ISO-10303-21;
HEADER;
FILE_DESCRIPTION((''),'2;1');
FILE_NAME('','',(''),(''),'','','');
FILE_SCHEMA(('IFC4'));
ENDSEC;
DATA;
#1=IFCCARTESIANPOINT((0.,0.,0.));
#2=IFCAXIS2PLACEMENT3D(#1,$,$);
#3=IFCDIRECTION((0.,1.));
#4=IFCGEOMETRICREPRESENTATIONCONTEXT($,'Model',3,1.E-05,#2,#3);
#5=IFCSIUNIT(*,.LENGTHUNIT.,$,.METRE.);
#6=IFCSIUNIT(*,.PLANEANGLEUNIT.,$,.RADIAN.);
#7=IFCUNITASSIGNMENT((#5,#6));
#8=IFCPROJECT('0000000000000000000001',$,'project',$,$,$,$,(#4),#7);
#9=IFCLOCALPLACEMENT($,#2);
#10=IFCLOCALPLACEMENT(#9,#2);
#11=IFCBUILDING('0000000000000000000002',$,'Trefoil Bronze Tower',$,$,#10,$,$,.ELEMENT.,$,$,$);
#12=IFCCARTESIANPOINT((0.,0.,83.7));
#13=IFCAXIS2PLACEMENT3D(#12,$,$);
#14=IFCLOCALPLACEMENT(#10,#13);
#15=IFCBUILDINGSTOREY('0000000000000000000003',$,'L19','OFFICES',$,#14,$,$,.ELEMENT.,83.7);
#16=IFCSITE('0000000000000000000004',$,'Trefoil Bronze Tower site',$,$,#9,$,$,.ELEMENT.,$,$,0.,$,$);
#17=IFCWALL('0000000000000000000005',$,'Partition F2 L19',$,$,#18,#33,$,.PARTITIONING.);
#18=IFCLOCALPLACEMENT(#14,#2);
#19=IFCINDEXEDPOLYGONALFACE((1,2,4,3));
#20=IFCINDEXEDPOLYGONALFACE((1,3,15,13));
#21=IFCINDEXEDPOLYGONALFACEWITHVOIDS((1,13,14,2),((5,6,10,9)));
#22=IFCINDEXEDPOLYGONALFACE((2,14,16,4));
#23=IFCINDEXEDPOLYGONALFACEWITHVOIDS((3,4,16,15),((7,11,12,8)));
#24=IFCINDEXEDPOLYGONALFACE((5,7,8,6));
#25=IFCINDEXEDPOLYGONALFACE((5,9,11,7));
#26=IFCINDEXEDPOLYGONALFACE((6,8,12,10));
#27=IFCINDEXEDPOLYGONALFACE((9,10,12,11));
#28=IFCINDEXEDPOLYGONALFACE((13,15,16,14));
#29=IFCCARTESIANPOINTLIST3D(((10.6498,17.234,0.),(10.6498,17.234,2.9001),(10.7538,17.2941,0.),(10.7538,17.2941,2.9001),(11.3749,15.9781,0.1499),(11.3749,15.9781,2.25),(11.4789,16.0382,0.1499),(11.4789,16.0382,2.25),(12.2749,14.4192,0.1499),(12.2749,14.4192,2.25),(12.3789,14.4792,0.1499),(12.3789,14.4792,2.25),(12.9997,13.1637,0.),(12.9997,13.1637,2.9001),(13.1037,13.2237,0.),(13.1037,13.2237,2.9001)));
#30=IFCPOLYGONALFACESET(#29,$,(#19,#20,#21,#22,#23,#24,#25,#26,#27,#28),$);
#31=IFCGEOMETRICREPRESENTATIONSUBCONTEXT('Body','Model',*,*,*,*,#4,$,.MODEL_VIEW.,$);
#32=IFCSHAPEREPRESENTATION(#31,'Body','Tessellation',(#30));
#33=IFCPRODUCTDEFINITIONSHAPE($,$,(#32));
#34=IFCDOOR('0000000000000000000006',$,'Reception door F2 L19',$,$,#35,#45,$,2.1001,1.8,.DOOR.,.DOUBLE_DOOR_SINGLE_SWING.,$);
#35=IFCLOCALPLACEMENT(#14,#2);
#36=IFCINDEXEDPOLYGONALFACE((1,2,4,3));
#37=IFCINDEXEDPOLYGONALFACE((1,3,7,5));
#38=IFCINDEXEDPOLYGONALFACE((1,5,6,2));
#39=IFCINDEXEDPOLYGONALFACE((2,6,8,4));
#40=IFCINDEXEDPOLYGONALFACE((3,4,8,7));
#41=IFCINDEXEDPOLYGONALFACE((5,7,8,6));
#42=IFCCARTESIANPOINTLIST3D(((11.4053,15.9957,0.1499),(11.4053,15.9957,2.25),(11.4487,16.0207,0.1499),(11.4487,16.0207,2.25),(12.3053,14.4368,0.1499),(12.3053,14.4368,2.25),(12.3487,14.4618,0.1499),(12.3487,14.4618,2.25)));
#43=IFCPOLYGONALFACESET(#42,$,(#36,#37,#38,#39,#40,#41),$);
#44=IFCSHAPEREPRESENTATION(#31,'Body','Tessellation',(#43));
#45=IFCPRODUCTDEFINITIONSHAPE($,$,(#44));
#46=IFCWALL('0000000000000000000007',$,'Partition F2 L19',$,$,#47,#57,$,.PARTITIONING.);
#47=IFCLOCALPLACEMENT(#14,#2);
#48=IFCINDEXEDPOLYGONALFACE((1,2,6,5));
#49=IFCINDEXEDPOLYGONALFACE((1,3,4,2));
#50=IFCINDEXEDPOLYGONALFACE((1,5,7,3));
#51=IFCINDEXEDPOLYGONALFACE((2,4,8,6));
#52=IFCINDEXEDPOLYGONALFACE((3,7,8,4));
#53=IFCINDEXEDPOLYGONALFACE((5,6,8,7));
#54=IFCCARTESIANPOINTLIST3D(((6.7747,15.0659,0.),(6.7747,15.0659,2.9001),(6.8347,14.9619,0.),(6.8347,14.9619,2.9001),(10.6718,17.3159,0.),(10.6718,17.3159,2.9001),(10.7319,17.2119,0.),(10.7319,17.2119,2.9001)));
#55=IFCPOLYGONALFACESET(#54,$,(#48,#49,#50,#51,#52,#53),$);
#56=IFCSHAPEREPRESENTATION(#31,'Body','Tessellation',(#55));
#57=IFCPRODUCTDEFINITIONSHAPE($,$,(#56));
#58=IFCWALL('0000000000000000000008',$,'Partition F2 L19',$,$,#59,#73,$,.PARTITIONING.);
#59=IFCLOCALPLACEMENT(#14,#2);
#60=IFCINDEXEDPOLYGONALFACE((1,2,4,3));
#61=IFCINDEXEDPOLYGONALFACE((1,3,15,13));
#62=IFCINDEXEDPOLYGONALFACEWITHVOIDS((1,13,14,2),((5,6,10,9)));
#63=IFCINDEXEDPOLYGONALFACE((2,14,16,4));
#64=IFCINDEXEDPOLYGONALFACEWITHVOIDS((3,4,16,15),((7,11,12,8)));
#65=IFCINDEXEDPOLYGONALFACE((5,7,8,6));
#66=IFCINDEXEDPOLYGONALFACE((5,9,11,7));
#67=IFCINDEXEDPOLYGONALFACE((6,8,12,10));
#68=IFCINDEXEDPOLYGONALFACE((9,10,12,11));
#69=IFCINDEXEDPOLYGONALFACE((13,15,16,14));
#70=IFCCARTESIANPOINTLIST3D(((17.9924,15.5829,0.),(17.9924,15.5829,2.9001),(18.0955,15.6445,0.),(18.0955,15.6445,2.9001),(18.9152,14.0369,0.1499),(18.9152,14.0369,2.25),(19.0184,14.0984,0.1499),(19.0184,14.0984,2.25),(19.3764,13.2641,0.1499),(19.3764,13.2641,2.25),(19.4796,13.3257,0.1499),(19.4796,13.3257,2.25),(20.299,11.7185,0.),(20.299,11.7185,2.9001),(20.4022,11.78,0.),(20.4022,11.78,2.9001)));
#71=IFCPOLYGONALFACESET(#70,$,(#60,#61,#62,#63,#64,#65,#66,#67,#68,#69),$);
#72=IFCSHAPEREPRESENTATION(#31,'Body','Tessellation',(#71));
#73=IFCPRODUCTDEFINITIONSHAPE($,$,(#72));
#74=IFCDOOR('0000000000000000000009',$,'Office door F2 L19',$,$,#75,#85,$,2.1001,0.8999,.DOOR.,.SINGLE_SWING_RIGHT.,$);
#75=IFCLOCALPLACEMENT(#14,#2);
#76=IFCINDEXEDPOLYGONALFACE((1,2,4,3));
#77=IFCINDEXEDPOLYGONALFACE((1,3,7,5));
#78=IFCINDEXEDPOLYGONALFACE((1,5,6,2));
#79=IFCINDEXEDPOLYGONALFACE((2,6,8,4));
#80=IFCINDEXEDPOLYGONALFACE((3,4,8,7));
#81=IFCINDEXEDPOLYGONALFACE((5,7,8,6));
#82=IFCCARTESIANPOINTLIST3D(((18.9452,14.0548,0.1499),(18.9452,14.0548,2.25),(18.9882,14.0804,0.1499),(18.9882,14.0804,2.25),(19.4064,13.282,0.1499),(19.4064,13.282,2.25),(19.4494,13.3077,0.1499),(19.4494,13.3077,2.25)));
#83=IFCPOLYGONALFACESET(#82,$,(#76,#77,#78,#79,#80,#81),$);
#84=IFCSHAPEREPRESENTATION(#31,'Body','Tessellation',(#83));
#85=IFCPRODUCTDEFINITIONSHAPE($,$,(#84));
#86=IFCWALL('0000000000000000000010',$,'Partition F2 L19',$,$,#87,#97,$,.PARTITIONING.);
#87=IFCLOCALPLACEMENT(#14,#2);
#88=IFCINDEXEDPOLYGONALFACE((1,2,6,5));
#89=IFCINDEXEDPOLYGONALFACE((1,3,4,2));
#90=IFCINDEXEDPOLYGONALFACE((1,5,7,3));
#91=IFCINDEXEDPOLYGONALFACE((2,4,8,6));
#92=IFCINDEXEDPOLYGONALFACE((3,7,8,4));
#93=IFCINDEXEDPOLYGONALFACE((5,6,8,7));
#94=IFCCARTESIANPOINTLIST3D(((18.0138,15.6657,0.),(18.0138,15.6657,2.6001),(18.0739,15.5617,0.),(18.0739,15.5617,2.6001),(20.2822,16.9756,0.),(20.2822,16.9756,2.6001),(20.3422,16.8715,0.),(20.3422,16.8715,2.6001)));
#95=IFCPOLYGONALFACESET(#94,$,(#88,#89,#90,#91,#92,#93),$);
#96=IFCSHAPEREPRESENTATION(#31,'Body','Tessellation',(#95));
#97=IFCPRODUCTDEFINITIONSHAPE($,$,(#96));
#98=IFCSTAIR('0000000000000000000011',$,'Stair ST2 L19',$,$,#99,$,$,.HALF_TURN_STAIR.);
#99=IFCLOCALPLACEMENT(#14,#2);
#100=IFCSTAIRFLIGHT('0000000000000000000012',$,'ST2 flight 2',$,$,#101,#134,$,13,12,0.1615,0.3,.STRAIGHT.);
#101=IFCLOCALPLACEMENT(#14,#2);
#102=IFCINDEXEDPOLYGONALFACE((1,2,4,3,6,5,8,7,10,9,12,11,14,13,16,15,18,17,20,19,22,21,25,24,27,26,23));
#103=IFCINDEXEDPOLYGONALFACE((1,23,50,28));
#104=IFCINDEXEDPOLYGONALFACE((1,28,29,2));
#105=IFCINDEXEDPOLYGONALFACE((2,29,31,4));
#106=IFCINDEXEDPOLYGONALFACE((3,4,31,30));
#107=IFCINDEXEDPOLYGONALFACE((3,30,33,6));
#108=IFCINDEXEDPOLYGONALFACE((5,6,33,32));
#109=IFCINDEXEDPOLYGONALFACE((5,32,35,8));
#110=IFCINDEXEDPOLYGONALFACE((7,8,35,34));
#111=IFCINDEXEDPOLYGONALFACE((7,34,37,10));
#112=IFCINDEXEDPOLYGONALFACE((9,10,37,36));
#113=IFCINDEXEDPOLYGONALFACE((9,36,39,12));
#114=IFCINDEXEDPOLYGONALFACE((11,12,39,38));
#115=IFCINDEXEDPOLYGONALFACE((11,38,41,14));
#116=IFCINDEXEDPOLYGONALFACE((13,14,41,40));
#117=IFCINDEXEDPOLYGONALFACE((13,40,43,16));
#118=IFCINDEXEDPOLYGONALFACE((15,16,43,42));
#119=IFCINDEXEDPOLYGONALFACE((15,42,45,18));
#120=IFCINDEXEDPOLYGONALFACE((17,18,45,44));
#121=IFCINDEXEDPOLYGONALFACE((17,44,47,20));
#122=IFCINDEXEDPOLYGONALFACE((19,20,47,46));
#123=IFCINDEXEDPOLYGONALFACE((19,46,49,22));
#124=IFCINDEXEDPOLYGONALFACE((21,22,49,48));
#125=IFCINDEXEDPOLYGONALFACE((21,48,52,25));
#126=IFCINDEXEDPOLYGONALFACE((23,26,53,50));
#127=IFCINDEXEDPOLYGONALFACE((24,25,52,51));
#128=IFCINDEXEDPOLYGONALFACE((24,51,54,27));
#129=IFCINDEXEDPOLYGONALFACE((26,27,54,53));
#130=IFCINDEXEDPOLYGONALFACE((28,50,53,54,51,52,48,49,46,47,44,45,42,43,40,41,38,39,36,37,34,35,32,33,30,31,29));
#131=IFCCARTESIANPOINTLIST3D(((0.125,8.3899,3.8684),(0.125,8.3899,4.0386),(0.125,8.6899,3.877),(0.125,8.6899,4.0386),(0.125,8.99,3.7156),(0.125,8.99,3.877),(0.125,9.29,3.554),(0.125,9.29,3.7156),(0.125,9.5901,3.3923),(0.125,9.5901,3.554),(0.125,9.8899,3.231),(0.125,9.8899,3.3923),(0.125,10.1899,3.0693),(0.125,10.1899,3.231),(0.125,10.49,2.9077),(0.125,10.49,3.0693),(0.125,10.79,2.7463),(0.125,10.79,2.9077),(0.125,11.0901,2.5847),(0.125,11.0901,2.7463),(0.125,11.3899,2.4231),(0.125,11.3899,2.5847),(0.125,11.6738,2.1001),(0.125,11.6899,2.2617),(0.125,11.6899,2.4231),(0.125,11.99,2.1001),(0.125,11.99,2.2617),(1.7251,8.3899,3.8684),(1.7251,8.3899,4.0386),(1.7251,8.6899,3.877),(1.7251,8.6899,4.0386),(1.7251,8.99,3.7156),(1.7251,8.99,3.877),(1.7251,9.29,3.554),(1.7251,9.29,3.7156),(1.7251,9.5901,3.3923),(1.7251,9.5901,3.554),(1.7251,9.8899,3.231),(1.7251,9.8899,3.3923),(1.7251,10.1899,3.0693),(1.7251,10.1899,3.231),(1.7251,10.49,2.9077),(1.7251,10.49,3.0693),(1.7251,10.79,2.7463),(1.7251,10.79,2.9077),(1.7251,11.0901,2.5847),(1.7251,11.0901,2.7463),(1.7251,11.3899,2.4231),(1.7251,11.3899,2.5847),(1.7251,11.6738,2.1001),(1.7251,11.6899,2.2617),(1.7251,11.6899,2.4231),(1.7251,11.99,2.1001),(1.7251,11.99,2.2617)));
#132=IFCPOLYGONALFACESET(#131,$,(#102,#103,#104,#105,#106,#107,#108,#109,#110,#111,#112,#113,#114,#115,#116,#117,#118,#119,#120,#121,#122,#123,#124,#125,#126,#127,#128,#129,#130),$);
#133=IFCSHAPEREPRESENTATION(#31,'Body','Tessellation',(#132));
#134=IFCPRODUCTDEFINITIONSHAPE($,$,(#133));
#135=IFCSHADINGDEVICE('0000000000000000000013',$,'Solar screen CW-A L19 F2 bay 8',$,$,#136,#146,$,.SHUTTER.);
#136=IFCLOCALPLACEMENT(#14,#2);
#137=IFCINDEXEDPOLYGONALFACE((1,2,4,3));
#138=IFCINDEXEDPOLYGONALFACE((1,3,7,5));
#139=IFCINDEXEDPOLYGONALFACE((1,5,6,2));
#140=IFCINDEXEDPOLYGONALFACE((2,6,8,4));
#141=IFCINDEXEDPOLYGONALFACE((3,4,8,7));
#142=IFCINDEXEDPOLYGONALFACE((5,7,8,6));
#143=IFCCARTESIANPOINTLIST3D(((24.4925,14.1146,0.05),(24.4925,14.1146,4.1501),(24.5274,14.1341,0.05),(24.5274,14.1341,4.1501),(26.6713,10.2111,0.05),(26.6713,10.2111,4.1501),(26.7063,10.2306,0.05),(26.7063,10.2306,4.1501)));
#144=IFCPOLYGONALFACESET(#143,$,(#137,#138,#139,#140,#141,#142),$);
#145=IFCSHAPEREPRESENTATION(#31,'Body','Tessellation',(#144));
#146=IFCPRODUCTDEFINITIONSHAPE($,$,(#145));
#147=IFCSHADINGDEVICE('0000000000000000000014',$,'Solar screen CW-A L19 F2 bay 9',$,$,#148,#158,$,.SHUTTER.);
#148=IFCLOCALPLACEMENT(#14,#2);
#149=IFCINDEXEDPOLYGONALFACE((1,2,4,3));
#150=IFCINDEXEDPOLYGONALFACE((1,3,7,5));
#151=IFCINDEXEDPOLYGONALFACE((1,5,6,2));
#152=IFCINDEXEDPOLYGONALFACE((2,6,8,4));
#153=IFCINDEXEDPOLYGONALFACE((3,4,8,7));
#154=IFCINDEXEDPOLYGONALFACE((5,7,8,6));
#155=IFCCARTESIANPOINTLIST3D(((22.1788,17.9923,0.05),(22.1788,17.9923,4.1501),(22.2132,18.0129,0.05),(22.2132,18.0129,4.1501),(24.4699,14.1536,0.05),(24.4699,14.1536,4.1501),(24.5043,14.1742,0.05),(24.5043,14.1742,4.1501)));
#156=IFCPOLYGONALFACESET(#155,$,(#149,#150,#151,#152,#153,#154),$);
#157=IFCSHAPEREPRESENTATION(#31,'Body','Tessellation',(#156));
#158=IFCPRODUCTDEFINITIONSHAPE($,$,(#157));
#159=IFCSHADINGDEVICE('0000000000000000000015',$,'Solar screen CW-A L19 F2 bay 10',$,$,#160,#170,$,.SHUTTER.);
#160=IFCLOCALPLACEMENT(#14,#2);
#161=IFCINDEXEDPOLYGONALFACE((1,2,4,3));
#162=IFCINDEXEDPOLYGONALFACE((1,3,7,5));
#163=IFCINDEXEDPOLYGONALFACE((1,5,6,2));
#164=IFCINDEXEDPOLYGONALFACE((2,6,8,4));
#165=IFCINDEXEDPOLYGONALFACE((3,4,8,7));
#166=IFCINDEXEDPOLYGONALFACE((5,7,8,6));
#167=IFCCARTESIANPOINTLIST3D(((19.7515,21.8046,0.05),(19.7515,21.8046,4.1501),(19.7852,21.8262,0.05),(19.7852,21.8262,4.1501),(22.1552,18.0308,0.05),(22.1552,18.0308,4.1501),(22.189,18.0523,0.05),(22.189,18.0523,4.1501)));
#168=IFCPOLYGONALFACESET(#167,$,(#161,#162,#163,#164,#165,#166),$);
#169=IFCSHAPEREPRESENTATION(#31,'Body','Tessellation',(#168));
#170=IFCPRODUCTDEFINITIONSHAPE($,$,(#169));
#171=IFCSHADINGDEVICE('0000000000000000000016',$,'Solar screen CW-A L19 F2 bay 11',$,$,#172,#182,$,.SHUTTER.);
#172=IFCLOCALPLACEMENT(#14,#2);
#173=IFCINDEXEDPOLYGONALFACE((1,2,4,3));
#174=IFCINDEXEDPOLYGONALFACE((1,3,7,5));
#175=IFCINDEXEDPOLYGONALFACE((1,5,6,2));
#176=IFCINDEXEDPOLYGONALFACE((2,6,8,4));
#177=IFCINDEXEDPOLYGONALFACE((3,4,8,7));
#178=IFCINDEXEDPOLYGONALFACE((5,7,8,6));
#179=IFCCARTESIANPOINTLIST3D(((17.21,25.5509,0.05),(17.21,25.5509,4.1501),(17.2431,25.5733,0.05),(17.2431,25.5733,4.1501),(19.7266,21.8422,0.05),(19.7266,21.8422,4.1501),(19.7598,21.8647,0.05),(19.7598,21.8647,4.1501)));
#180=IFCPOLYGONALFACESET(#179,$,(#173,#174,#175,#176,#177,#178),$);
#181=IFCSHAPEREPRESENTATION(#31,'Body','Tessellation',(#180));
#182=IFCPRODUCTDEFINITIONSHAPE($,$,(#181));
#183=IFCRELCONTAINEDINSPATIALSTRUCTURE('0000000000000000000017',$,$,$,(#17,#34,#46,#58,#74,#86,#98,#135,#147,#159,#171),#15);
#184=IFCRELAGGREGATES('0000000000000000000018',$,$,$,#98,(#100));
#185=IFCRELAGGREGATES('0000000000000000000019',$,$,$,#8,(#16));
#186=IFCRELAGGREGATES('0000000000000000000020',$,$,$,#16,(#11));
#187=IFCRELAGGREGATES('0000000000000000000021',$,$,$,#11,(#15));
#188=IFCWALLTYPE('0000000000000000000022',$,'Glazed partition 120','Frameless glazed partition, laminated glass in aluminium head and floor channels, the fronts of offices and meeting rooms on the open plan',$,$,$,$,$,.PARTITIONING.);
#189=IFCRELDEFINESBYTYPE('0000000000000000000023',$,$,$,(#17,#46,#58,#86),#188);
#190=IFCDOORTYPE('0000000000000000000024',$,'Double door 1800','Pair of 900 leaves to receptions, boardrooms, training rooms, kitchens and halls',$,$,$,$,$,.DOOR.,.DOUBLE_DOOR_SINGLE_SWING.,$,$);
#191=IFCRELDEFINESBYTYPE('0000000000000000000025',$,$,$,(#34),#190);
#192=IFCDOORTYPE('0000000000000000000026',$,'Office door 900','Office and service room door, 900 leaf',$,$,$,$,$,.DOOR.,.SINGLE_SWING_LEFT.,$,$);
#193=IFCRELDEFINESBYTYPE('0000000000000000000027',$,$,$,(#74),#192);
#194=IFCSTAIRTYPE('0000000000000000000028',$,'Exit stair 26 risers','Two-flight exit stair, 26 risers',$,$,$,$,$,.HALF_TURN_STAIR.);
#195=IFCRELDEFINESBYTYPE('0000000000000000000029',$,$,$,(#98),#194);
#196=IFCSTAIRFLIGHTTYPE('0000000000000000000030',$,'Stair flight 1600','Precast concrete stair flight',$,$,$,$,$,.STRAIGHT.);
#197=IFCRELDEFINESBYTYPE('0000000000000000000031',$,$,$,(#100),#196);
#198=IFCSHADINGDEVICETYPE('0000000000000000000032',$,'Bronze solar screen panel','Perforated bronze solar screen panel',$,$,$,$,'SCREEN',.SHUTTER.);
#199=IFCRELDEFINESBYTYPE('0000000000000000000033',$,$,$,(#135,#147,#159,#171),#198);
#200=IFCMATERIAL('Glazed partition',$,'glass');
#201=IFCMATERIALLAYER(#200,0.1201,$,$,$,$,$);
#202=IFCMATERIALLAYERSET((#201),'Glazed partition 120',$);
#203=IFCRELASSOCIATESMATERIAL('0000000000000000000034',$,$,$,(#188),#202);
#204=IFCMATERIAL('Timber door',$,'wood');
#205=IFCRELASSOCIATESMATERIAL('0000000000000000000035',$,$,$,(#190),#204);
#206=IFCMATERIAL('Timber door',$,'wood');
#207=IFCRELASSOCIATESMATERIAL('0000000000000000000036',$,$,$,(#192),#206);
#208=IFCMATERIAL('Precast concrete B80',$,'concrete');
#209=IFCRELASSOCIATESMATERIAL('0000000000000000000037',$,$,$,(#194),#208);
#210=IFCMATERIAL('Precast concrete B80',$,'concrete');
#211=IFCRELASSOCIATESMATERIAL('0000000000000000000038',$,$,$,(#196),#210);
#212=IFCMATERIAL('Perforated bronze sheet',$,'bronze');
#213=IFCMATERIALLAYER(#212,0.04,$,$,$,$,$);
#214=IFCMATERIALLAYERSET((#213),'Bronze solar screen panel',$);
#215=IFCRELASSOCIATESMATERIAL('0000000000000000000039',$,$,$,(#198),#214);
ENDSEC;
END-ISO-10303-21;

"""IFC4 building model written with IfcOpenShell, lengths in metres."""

from ifc_helpers import new_model, si_unit, direction, frame, frame_2d, origin, origin_2d, place, context, subcontext, project, spatial, polyline, rectangle, outline, extrude, material, layer, layer_set, type_object, element, fill, aggregate, save


model = new_model("IFC4")

# Units and contexts
model_context = context("Model", 3, precision=1e-05, world=origin(), true_north=direction((0.0, 1.0)))
body_context = subcontext(model_context, "Body", "Model", "MODEL_VIEW")
ifc_project = project(units=[si_unit("LENGTHUNIT", "METRE"), si_unit("PLANEANGLEUNIT", "RADIAN")], contexts=[model_context])

# Site, building, storey
site_placement = place(None, origin())
site = spatial("IfcSite", under=ifc_project, at=site_placement, Name="Trefoil Bronze Tower site", CompositionType="ELEMENT", RefElevation=0.0)
building_placement = place(site_placement, origin())
building = spatial("IfcBuilding", under=site, at=building_placement, Name="Trefoil Bronze Tower", CompositionType="ELEMENT")
storey_placement = place(building_placement, frame((0.0, 0.0, 83.7)))
storey = spatial("IfcBuildingStorey", under=building, at=storey_placement, Name="L19", Description="OFFICES", CompositionType="ELEMENT", Elevation=83.7)

# Wall, opening, door
ifc_material_1 = material(Name="Glazed partition", Category="glass")
ifc_layer_1 = layer(ifc_material_1, 0.1201)
ifc_layer_set_1 = layer_set([ifc_layer_1], Name="Glazed partition 120")
wall_type_1 = type_object("IfcWallType", Name="Glazed partition 120", Description="Frameless glazed partition, laminated glass in aluminium head and floor channels, the fronts of offices and meeting rooms on the open plan", PredefinedType="PARTITIONING", material=ifc_layer_set_1)
wall_1_placement = place(storey_placement, frame((13.0518, 13.1936, 0.0), z_axis=(0.0, 0.0, 1.0), x_axis=(-0.499977, 0.866039, 0.0)))
wall_1 = element("IfcWall", 1, at=wall_1_placement, inside=storey, type_object=wall_type_1, Name="Partition F2 L19", PredefinedType="PARTITIONING", context=body_context, shape_type="SweptSolid", body=[
    extrude(rectangle(XDim=4.7, YDim=0.1201, at=frame_2d((2.3501, 0.0))), origin(), (0.0, 0.0, 1.0), 2.9001),
])
opening_1_placement = place(wall_1_placement, frame((1.45, 0.0, 0.1499)))
opening_1 = element("IfcOpeningElement", 2, at=opening_1_placement, cuts=wall_1, PredefinedType="OPENING", context=body_context, shape_type="SweptSolid", body=[
    extrude(rectangle(XDim=1.8, YDim=2.1001, at=frame_2d((0.8999, 1.05))), frame((0.0, 0.0701, 0.0), z_axis=(0.0, -1.0, 0.0), x_axis=(1.0, 0.0, 0.0)), (0.0, 0.0, 1.0), 0.1401),
])
ifc_material_2 = material(Name="Timber door", Category="wood")
door_type_1 = type_object("IfcDoorType", Name="Double door 1800", Description="Pair of 900 leaves to receptions, boardrooms, training rooms, kitchens and halls", OperationType="DOUBLE_DOOR_SINGLE_SWING", PredefinedType="DOOR", material=ifc_material_2)
door_1_placement = place(opening_1_placement, origin())
door_1 = element("IfcDoor", 3, at=door_1_placement, inside=storey, type_object=door_type_1, Name="Reception door F2 L19", OperationType="DOUBLE_DOOR_SINGLE_SWING", OverallHeight=2.1001, OverallWidth=1.8, PredefinedType="DOOR", context=body_context, shape_type="SweptSolid", body=[
    extrude(rectangle(XDim=1.8, YDim=2.1001, at=frame_2d((0.8999, 1.05))), frame((0.0, 0.0249, 0.0), z_axis=(0.0, -1.0, 0.0), x_axis=(1.0, 0.0, 0.0)), (0.0, 0.0, 1.0), 0.05),
])
fill(opening_1, door_1)

# Wall
wall_2_placement = place(storey_placement, frame((6.8047, 15.0139, 0.0), z_axis=(0.0, 0.0, 1.0), x_axis=(0.866031, 0.49999, 0.0)))
element("IfcWall", 4, at=wall_2_placement, inside=storey, type_object=wall_type_1, Name="Partition F2 L19", PredefinedType="PARTITIONING", context=body_context, shape_type="SweptSolid", body=[
    extrude(rectangle(XDim=4.5, YDim=0.1201, at=frame_2d((2.25, 0.0))), origin(), (0.0, 0.0, 1.0), 2.9001),
])

# Wall, opening, door
wall_3_placement = place(storey_placement, frame((20.3506, 11.7493, 0.0), z_axis=(0.0, 0.0, 1.0), x_axis=(-0.512524, 0.858673, 0.0)))
wall_3 = element("IfcWall", 5, at=wall_3_placement, inside=storey, type_object=wall_type_1, Name="Partition F2 L19", PredefinedType="PARTITIONING", context=body_context, shape_type="SweptSolid", body=[
    extrude(rectangle(XDim=4.5005, YDim=0.1201, at=frame_2d((2.2502, 0.0))), origin(), (0.0, 0.0, 1.0), 2.9001),
])
opening_2_placement = place(wall_3_placement, frame((1.8, 0.0, 0.1499)))
opening_2 = element("IfcOpeningElement", 6, at=opening_2_placement, cuts=wall_3, PredefinedType="OPENING", context=body_context, shape_type="SweptSolid", body=[
    extrude(rectangle(XDim=0.8999, YDim=2.1001, at=frame_2d((0.45, 1.05))), frame((0.0, 0.0701, 0.0), z_axis=(0.0, -1.0, 0.0), x_axis=(1.0, 0.0, 0.0)), (0.0, 0.0, 1.0), 0.1401),
])
ifc_material_3 = material(Name="Timber door", Category="wood")
door_type_2 = type_object("IfcDoorType", Name="Office door 900", Description="Office and service room door, 900 leaf", OperationType="SINGLE_SWING_LEFT", PredefinedType="DOOR", material=ifc_material_3)
door_2_placement = place(opening_2_placement, frame((0.8999, 0.0, 0.0), z_axis=(0.0, 0.0, 1.0), x_axis=(-1.0, 0.0, 0.0)))
door_2 = element("IfcDoor", 7, at=door_2_placement, inside=storey, type_object=door_type_2, Name="Office door F2 L19", OperationType="SINGLE_SWING_RIGHT", OverallHeight=2.1001, OverallWidth=0.8999, PredefinedType="DOOR", context=body_context, shape_type="SweptSolid", body=[
    extrude(rectangle(XDim=0.8999, YDim=2.1001, at=frame_2d((0.45, 1.05))), frame((0.0, 0.0249, 0.0), z_axis=(0.0, -1.0, 0.0), x_axis=(1.0, 0.0, 0.0)), (0.0, 0.0, 1.0), 0.05),
])
fill(opening_2, door_2)

# Wall
wall_4_placement = place(storey_placement, frame((18.0439, 15.6138, 0.0), z_axis=(0.0, 0.0, 1.0), x_axis=(0.865992, 0.500059, 0.0)))
element("IfcWall", 8, at=wall_4_placement, inside=storey, type_object=wall_type_1, Name="Partition F2 L19", PredefinedType="PARTITIONING", context=body_context, shape_type="SweptSolid", body=[
    extrude(rectangle(XDim=2.6194, YDim=0.1201, at=frame_2d((1.3096, 0.0))), origin(), (0.0, 0.0, 1.0), 2.6001),
])

# Stair, stair flight
ifc_material_4 = material(Name="Precast concrete B80", Category="concrete")
stair_type = type_object("IfcStairType", Name="Exit stair 26 risers", Description="Two-flight exit stair, 26 risers", PredefinedType="HALF_TURN_STAIR", material=ifc_material_4)
stair_placement = place(storey_placement, origin())
stair = element("IfcStair", 9, at=stair_placement, inside=storey, type_object=stair_type, Name="Stair ST2 L19", PredefinedType="HALF_TURN_STAIR")
ifc_material_5 = material(Name="Precast concrete B80", Category="concrete")
stair_flight_type = type_object("IfcStairFlightType", Name="Stair flight 1600", Description="Precast concrete stair flight", PredefinedType="STRAIGHT", material=ifc_material_5)
stair_flight_placement = place(storey_placement, frame((0.925, 11.99, 2.1001), z_axis=(0.0, 0.0, 1.0), x_axis=(0.0, -1.0, 0.0)))
stair_flight = element("IfcStairFlight", 10, at=stair_flight_placement, type_object=stair_flight_type, Name="ST2 flight 2", NumberOfRisers=13, NumberOfTreads=12, PredefinedType="STRAIGHT", RiserHeight=0.1615, TreadLength=0.3, context=body_context, shape_type="SweptSolid", body=[
    extrude(outline(polyline([(0.0, 0.0), (0.0, 0.1616), (0.3, 0.1616), (0.3, 0.323), (0.6001, 0.323), (0.6001, 0.4846), (0.8999, 0.4846), (0.8999, 0.6462), (1.2, 0.6462), (1.2, 0.8076), (1.5, 0.8076), (1.5, 0.9692), (1.8, 0.9692), (1.8, 1.1309), (2.1001, 1.1309), (2.1001, 1.2922), (2.3999, 1.2922), (2.3999, 1.4539), (2.7, 1.4539), (2.7, 1.6155), (3.0, 1.6155), (3.0, 1.7769), (3.3, 1.7769), (3.3, 1.9385), (3.6001, 1.9385), (3.6001, 2.1001), (3.6001, 1.7683), (0.3162, 0.0), (0.0, 0.0)])), frame((0.0, 0.8, 0.0), z_axis=(0.0, -1.0, 0.0), x_axis=(1.0, 0.0, 0.0)), (0.0, 0.0, 1.0), 1.6001),
])
aggregate(stair, [stair_flight])

# Shading devices
ifc_material_6 = material(Name="Perforated bronze sheet", Category="bronze")
ifc_layer_2 = layer(ifc_material_6, 0.04)
ifc_layer_set_2 = layer_set([ifc_layer_2], Name="Bronze solar screen panel")
shading_device_type = type_object("IfcShadingDeviceType", Name="Bronze solar screen panel", Description="Perforated bronze solar screen panel", ElementType="SCREEN", PredefinedType="SHUTTER", material=ifc_layer_set_2)
for number, where, z_axis, x_axis, name in (
    (11, (25.5994, 12.1726, 0.05), (0.0, 0.0, 1.0), (-0.487382, 0.873189, 0.0), "Solar screen CW-A L19 F2 bay 8"),
    (12, (23.3416, 16.0833, 0.05), (0.0, 0.0, 1.0), (-0.512513, 0.85868, 0.0), "Solar screen CW-A L19 F2 bay 9"),
):
    element("IfcShadingDevice", number, at=place(storey_placement, frame(where, z_axis=z_axis, x_axis=x_axis)), inside=storey, type_object=shading_device_type, Name=name, PredefinedType="SHUTTER", context=body_context, shape_type="SweptSolid", body=[
        extrude(rectangle(XDim=4.4705, YDim=0.04, at=origin_2d()), origin(), (0.0, 0.0, 1.0), 4.1001),
    ])
shading_device_1_placement = place(storey_placement, frame((20.9702, 19.9285, 0.05), z_axis=(0.0, 0.0, 1.0), x_axis=(-0.537222, 0.843441, 0.0)))
element("IfcShadingDevice", 13, at=shading_device_1_placement, inside=storey, type_object=shading_device_type, Name="Solar screen CW-A L19 F2 bay 10", PredefinedType="SHUTTER", context=body_context, shape_type="SweptSolid", body=[
    extrude(rectangle(XDim=4.4744, YDim=0.04, at=origin_2d()), origin(), (0.0, 0.0, 1.0), 4.1001),
])
shading_device_2_placement = place(storey_placement, frame((18.4849, 23.7078, 0.05), z_axis=(0.0, 0.0, 1.0), x_axis=(-0.56151, 0.82747, 0.0)))
element("IfcShadingDevice", 14, at=shading_device_2_placement, inside=storey, type_object=shading_device_type, Name="Solar screen CW-A L19 F2 bay 11", PredefinedType="SHUTTER", context=body_context, shape_type="SweptSolid", body=[
    extrude(rectangle(XDim=4.4819, YDim=0.04, at=origin_2d()), origin(), (0.0, 0.0, 1.0), 4.1001),
])

save(model, "model.ifc")
